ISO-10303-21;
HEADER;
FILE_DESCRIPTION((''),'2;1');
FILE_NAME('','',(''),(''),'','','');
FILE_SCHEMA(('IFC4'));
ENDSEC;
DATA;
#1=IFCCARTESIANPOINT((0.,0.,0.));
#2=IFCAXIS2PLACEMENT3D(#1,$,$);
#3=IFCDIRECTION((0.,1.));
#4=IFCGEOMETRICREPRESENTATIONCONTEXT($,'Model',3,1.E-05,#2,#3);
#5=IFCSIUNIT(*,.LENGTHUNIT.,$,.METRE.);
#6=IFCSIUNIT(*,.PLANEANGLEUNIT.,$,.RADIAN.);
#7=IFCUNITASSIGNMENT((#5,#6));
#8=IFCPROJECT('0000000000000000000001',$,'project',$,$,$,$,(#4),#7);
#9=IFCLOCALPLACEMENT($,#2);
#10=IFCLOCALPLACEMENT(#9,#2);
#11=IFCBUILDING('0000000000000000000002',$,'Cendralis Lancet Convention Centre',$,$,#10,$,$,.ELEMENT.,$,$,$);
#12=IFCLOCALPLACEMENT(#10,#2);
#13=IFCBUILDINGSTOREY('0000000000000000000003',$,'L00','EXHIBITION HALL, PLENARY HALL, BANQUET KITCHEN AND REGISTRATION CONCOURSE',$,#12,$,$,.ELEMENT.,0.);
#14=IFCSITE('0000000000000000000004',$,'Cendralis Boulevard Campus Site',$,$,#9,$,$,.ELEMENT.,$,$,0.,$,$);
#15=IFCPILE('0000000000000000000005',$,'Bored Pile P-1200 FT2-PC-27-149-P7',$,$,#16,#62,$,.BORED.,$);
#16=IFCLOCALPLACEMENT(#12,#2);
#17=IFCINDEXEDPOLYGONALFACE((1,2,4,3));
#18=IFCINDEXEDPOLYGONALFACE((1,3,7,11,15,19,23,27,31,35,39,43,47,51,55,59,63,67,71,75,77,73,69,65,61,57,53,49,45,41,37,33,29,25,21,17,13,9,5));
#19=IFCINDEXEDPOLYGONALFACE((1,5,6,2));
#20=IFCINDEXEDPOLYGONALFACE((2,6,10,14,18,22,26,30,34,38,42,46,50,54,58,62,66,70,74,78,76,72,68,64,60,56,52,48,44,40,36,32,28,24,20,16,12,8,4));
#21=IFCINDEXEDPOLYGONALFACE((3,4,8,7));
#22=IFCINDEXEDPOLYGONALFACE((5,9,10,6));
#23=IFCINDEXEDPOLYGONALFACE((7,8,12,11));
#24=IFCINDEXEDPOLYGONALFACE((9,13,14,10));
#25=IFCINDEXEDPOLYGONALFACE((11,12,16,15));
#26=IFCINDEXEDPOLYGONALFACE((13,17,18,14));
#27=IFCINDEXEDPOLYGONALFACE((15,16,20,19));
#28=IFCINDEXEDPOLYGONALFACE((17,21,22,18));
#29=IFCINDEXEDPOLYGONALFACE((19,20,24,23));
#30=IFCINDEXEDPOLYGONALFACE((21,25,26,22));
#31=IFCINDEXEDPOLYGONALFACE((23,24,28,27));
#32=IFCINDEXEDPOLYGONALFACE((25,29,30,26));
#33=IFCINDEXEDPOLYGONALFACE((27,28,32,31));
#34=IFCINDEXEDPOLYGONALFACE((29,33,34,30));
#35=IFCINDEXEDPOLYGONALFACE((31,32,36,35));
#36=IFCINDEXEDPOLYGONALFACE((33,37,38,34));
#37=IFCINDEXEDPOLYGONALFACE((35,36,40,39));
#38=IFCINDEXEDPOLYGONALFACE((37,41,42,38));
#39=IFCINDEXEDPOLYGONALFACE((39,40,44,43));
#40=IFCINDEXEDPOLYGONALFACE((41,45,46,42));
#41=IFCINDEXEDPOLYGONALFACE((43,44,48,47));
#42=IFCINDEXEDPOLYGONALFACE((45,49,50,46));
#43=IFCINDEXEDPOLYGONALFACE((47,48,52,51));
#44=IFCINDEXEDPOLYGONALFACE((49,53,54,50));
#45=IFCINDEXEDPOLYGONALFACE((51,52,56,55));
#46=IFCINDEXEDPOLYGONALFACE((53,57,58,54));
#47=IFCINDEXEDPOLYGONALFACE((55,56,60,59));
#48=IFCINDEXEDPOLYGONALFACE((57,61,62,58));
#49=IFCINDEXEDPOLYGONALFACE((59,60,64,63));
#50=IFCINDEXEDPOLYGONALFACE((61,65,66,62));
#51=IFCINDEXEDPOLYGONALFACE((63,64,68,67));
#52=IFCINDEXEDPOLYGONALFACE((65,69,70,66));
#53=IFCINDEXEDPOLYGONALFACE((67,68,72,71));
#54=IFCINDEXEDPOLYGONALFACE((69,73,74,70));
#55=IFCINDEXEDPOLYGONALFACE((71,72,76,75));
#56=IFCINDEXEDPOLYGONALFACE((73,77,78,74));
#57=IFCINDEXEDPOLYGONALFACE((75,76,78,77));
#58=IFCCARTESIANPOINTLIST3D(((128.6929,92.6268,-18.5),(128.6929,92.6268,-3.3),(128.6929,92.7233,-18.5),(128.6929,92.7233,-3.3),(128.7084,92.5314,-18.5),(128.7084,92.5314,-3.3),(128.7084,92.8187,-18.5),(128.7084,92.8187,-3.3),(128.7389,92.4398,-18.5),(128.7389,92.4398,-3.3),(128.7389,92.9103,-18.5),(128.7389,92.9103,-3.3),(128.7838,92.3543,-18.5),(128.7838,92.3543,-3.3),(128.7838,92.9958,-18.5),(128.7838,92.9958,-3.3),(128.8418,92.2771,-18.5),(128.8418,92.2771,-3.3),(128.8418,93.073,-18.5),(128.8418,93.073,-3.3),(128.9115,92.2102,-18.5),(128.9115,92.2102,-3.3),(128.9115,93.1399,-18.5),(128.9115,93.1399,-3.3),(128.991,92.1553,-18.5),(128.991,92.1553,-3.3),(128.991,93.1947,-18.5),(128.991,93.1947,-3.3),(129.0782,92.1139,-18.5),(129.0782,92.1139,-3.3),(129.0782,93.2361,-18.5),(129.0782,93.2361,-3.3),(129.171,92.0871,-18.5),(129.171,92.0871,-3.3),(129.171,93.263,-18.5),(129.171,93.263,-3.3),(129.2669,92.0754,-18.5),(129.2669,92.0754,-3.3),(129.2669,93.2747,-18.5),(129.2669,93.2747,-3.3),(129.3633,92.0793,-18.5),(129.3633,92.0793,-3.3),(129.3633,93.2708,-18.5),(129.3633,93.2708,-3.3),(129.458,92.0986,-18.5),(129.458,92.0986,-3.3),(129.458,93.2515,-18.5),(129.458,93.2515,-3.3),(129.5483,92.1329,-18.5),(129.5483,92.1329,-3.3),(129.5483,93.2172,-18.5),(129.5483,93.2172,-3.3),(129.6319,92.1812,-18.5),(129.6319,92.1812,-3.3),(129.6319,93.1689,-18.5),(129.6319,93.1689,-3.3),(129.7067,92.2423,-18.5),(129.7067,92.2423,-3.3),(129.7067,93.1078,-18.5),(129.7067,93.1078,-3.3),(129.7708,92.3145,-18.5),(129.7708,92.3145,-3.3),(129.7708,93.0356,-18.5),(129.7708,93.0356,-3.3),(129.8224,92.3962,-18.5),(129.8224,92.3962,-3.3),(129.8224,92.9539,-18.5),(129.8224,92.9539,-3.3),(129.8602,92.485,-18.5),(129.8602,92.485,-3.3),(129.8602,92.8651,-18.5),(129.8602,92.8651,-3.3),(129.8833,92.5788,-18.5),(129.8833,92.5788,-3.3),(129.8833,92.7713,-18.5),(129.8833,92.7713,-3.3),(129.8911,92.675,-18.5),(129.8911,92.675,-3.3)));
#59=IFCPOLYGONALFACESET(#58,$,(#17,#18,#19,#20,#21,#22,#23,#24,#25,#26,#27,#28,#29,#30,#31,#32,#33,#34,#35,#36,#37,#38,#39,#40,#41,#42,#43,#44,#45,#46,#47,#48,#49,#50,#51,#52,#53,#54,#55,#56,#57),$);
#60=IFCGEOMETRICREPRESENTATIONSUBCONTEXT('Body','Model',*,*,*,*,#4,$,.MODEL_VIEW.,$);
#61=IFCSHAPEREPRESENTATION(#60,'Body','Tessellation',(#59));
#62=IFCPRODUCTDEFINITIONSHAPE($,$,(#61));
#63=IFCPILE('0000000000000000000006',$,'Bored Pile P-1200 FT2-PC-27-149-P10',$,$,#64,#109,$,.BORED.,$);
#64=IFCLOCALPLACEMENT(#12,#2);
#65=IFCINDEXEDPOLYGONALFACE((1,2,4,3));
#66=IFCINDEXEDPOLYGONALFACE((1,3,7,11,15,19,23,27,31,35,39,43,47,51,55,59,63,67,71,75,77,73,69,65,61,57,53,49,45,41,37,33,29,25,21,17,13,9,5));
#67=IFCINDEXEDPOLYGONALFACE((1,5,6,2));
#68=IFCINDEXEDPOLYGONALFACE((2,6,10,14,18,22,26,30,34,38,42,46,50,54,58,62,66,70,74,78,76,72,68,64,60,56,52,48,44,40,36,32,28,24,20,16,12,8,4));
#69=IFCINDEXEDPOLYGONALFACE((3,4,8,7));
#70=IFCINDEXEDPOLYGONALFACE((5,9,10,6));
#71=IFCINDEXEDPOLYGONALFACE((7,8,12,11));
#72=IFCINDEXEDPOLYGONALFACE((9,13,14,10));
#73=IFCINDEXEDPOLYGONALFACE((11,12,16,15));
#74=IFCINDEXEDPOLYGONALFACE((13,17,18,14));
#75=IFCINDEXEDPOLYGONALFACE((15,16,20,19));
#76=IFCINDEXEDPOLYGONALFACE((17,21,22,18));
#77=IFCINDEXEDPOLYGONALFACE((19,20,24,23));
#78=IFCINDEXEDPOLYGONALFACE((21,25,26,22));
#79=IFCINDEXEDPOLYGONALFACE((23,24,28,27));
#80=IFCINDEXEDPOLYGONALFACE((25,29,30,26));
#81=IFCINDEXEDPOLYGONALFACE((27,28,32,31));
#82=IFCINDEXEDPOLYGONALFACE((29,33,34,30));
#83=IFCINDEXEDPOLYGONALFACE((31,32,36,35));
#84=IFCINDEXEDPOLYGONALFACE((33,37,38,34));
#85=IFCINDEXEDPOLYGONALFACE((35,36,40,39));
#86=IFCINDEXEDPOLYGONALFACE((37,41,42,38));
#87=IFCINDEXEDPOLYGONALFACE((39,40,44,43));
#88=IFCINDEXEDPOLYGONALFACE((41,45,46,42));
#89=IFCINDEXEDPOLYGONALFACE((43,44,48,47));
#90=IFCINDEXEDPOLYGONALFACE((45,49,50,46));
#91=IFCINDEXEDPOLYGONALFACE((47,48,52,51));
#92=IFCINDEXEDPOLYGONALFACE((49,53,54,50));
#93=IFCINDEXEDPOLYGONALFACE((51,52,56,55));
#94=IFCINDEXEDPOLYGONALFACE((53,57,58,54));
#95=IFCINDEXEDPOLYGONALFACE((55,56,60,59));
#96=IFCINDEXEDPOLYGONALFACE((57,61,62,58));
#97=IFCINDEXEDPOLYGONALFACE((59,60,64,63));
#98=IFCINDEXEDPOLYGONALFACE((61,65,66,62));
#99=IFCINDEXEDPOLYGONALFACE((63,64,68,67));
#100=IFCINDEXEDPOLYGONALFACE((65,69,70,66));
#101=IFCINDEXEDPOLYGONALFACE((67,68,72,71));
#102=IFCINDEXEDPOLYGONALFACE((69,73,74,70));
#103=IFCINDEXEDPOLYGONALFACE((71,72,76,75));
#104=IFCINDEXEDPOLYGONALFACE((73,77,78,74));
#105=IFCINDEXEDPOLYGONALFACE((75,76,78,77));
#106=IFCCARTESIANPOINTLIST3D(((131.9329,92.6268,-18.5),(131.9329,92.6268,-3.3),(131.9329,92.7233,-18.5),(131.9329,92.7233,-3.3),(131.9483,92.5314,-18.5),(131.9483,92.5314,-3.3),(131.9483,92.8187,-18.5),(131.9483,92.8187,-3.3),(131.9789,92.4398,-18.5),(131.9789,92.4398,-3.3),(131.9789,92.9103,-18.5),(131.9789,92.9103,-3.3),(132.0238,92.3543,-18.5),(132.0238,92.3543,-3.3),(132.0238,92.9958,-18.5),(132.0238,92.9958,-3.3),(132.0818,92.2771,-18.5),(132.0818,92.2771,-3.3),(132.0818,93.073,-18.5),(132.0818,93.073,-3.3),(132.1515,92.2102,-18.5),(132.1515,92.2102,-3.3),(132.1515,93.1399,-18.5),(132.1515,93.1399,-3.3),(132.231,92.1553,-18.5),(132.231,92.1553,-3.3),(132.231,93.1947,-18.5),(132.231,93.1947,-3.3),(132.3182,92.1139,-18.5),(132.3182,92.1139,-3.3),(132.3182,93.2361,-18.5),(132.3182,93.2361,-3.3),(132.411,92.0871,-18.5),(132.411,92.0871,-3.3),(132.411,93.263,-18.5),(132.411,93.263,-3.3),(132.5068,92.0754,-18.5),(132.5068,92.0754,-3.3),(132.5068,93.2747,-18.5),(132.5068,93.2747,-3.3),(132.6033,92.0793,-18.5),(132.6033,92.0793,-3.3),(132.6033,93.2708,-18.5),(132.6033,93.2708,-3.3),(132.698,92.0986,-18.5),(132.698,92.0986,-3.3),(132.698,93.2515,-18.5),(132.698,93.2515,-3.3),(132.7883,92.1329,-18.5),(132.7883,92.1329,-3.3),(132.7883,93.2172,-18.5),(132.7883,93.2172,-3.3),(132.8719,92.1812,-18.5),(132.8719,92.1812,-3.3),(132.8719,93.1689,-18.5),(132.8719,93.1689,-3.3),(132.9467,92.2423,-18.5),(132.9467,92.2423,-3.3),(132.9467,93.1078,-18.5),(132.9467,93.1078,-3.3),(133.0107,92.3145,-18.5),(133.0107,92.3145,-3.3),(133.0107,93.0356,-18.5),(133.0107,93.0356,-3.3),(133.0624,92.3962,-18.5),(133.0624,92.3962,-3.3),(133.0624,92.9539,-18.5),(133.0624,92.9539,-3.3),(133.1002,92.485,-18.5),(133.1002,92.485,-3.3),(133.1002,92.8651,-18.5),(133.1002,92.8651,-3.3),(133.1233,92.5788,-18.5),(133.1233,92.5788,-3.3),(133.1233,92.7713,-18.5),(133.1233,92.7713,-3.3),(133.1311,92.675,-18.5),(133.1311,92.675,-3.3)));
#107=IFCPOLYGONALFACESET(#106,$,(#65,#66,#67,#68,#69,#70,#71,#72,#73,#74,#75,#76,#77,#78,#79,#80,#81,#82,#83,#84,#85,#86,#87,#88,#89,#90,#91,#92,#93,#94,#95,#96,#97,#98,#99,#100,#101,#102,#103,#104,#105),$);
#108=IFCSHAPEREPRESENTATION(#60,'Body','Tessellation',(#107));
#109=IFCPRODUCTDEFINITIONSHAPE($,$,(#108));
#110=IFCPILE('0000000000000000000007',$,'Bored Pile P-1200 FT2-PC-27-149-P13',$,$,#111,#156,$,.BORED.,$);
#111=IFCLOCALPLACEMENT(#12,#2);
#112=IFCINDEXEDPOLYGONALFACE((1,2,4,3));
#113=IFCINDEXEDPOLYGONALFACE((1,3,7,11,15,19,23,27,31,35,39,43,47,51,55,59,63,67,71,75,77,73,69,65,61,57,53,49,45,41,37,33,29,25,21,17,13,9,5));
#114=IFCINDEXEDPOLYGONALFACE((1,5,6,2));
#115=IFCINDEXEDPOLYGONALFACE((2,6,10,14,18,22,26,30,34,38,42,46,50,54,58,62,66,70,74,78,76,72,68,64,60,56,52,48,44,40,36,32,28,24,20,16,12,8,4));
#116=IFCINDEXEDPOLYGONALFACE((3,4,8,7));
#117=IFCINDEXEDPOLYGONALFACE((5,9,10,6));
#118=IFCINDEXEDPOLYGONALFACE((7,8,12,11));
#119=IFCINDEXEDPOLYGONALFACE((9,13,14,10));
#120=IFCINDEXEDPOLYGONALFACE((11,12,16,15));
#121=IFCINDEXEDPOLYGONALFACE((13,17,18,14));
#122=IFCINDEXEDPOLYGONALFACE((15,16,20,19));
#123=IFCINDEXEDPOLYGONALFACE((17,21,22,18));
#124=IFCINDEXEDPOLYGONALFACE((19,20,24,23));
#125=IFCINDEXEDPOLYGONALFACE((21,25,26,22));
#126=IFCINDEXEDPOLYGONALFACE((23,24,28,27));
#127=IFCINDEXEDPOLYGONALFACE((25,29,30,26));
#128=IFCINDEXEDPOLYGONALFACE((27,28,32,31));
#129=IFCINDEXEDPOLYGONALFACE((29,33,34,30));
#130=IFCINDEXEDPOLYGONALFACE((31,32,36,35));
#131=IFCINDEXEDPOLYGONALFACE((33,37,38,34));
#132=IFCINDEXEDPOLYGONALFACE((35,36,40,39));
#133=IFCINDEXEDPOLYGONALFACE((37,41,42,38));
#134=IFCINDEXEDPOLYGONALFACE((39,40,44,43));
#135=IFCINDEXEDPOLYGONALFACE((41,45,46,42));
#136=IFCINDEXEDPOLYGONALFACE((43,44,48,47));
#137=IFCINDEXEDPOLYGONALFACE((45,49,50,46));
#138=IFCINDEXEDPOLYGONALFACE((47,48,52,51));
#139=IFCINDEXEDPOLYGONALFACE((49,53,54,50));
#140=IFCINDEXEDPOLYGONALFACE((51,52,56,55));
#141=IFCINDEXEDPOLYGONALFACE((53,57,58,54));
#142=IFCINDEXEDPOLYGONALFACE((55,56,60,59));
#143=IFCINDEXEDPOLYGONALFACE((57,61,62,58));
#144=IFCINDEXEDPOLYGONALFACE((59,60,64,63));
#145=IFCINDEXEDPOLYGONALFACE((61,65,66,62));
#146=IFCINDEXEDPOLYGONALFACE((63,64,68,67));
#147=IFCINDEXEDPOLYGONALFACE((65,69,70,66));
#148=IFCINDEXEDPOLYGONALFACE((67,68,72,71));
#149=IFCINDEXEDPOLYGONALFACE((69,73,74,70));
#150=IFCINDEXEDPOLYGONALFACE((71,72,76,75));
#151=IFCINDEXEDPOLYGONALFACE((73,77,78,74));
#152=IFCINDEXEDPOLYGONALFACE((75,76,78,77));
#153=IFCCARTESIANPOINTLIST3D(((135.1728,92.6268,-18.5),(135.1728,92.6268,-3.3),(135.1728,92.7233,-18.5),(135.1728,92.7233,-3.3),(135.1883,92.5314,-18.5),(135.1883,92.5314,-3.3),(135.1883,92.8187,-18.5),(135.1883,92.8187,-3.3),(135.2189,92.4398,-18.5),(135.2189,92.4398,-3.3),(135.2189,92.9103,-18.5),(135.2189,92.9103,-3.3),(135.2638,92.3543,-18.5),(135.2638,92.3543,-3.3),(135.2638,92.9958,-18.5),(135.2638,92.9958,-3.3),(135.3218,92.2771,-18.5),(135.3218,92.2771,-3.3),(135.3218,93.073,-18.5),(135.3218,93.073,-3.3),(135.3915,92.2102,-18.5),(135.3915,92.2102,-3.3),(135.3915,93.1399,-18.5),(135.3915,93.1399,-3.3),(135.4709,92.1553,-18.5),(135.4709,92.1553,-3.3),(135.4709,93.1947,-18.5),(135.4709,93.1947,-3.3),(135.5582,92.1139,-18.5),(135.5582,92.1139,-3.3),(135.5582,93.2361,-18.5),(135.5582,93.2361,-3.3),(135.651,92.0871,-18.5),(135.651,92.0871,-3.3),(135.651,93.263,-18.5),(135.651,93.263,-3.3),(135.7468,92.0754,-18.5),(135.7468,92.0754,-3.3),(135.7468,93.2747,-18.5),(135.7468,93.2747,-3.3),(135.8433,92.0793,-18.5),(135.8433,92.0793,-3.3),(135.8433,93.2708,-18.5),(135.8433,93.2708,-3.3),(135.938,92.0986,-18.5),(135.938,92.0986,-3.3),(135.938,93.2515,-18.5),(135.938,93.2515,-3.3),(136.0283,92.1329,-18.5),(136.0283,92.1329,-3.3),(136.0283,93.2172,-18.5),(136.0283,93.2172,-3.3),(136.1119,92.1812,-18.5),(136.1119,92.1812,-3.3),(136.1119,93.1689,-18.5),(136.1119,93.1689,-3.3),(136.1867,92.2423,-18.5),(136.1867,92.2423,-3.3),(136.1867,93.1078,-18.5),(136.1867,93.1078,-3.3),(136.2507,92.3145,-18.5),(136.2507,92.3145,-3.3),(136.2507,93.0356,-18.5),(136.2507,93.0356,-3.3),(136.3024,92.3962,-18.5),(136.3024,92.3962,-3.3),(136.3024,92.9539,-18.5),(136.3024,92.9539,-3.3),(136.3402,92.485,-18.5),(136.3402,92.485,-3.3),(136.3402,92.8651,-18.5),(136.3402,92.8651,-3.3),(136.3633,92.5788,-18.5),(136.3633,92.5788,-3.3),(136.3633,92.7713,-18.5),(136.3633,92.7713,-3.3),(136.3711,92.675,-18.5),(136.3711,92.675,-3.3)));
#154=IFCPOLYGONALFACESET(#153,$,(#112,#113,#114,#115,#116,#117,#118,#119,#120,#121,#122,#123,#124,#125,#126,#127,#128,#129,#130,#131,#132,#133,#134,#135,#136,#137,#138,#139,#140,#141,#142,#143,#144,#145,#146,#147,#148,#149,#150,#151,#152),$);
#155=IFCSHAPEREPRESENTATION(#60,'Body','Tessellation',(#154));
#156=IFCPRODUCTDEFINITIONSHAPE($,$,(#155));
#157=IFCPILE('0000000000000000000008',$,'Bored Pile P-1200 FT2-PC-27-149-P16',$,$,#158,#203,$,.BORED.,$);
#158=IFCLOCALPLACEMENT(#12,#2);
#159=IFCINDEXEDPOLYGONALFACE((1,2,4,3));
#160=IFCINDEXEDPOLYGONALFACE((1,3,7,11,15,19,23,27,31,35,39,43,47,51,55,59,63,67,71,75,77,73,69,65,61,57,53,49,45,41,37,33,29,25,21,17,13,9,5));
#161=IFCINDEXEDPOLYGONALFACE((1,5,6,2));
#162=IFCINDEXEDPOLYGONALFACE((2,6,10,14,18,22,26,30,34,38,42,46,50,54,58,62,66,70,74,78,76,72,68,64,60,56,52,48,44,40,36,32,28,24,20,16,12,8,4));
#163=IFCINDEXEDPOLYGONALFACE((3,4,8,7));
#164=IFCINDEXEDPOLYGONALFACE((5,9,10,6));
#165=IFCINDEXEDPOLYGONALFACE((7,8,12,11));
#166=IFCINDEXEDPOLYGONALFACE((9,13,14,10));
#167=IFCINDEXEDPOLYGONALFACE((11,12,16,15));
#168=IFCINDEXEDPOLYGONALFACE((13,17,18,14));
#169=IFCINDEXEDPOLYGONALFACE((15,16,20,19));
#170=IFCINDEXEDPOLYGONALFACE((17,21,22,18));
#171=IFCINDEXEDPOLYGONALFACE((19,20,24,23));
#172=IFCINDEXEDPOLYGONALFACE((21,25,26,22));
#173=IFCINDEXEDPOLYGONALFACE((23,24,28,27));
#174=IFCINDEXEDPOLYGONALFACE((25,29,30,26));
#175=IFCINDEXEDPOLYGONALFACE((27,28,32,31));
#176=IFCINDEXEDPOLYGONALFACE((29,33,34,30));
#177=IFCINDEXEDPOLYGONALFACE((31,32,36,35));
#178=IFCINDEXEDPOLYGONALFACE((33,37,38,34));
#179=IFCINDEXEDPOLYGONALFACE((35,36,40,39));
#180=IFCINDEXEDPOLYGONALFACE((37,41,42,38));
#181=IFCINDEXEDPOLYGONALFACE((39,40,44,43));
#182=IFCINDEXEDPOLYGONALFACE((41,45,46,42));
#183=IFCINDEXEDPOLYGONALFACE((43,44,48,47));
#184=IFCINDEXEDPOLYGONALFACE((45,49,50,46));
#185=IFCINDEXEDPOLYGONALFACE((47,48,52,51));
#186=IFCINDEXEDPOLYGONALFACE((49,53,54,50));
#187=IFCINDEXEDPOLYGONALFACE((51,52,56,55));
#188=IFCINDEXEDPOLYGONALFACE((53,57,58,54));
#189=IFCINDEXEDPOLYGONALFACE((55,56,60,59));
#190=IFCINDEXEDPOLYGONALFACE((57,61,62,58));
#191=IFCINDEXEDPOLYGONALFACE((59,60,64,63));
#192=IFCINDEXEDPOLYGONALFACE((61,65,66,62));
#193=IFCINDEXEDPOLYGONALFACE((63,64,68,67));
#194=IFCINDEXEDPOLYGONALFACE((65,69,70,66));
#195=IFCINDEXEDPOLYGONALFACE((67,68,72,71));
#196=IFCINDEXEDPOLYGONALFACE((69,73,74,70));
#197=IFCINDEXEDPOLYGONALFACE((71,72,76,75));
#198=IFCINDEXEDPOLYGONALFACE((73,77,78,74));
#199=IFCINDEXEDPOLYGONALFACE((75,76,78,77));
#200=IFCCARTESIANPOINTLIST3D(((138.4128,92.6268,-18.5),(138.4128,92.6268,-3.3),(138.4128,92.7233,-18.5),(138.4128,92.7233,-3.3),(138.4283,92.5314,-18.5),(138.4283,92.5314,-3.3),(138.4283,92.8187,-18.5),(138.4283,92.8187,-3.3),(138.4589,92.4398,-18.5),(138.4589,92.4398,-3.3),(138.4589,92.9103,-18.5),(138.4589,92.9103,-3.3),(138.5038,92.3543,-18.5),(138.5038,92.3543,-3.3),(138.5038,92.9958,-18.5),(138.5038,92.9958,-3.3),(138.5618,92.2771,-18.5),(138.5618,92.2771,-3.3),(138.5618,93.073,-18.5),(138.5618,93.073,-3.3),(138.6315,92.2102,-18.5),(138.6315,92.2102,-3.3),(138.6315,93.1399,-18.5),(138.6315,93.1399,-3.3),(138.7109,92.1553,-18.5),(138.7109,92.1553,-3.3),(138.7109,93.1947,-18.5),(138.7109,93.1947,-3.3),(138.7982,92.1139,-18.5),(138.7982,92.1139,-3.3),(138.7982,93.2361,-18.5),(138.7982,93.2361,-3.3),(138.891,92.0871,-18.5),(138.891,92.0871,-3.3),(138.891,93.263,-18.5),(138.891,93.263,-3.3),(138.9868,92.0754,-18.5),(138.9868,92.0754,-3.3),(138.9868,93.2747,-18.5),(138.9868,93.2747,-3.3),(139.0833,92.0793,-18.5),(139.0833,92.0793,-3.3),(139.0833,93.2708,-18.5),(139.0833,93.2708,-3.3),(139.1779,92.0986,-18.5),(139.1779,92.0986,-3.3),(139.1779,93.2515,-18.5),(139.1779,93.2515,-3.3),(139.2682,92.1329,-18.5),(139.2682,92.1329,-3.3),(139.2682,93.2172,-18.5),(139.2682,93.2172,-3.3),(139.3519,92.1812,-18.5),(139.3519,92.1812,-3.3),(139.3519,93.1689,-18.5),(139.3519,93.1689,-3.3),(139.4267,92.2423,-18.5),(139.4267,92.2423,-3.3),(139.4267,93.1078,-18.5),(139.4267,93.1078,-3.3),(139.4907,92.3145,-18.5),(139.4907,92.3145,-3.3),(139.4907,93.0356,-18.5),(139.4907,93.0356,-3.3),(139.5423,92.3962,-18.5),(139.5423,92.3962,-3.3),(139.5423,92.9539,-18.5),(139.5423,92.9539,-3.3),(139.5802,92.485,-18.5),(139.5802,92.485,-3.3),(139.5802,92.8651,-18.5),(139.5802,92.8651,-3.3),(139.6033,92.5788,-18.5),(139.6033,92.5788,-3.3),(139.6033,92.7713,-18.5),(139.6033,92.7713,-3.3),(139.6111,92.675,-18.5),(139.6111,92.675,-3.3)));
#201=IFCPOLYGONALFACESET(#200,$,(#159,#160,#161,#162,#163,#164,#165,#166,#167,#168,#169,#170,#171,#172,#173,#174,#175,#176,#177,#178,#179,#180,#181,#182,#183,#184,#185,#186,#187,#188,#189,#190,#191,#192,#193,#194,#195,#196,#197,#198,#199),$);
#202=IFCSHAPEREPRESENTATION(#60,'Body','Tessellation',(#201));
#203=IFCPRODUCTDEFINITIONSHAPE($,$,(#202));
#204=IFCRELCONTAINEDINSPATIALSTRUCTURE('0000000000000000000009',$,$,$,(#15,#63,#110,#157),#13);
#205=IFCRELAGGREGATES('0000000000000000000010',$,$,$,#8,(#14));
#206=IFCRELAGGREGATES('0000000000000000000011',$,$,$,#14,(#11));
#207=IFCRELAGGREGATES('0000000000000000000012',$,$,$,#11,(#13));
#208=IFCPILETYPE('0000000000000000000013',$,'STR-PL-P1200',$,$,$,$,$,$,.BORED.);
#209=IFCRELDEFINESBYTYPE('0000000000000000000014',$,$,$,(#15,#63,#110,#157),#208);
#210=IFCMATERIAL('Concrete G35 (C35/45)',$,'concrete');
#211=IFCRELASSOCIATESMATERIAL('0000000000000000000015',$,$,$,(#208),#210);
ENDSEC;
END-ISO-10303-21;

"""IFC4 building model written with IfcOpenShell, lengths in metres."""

from ifc_helpers import new_model, si_unit, direction, frame, origin, origin_2d, place, context, subcontext, project, spatial, circle, extrude, material, material_profile, profile_set, type_object, element, save


model = new_model("IFC4")

# Units and contexts
model_context = context("Model", 3, precision=1e-05, world=origin(), true_north=direction((0.0, 1.0)))
body_context = subcontext(model_context, "Body", "Model", "MODEL_VIEW")
ifc_project = project(units=[si_unit("LENGTHUNIT", "METRE"), si_unit("PLANEANGLEUNIT", "RADIAN")], contexts=[model_context])

# Site, building, storey
site_placement = place(None, origin())
site = spatial("IfcSite", under=ifc_project, at=site_placement, Name="Cendralis Boulevard Campus Site", CompositionType="ELEMENT", RefElevation=0.0)
building_placement = place(site_placement, origin())
building = spatial("IfcBuilding", under=site, at=building_placement, Name="Cendralis Lancet Convention Centre", CompositionType="ELEMENT")
storey_placement = place(building_placement, origin())
storey = spatial("IfcBuildingStorey", under=building, at=storey_placement, Name="L00", Description="EXHIBITION HALL, PLENARY HALL, BANQUET KITCHEN AND REGISTRATION CONCOURSE", CompositionType="ELEMENT", Elevation=0.0)

# Piles
ifc_material_1 = material(Name="Concrete G35 (C35/45)", Category="concrete")
ifc_material_profile_1 = material_profile(ifc_material_1, circle(Radius=0.6001, at=origin_2d()), Name="BORED PILE D1200")
ifc_profile_set_1 = profile_set([ifc_material_profile_1], Name="Concrete G35 (C35/45)")
pile_type_1 = type_object("IfcPileType", Name="STR-PL-P1200", PredefinedType="BORED", material=ifc_profile_set_1)
for number, where, z_axis, x_axis, name in (
    (1, (129.291, 92.675, -3.3), (0.0, 0.0, -1.0), (1.0, 0.0, 0.0), "Bored Pile P-1200 FT2-PC-27-149-P7"),
    (2, (132.531, 92.675, -3.3), (0.0, 0.0, -1.0), (1.0, 0.0, 0.0), "Bored Pile P-1200 FT2-PC-27-149-P10"),
    (3, (135.771, 92.675, -3.3), (0.0, 0.0, -1.0), (1.0, 0.0, 0.0), "Bored Pile P-1200 FT2-PC-27-149-P13"),
    (4, (139.011, 92.675, -3.3), (0.0, 0.0, -1.0), (1.0, 0.0, 0.0), "Bored Pile P-1200 FT2-PC-27-149-P16"),
):
    element("IfcPile", number, at=place(storey_placement, frame(where, z_axis=z_axis, x_axis=x_axis)), inside=storey, type_object=pile_type_1, Name=name, PredefinedType="BORED", context=body_context, shape_type="SweptSolid", body=[
        extrude(circle(Radius=0.6001, at=origin_2d()), origin(), (0.0, 0.0, 1.0), 15.2),
    ])

save(model, "model.ifc")
